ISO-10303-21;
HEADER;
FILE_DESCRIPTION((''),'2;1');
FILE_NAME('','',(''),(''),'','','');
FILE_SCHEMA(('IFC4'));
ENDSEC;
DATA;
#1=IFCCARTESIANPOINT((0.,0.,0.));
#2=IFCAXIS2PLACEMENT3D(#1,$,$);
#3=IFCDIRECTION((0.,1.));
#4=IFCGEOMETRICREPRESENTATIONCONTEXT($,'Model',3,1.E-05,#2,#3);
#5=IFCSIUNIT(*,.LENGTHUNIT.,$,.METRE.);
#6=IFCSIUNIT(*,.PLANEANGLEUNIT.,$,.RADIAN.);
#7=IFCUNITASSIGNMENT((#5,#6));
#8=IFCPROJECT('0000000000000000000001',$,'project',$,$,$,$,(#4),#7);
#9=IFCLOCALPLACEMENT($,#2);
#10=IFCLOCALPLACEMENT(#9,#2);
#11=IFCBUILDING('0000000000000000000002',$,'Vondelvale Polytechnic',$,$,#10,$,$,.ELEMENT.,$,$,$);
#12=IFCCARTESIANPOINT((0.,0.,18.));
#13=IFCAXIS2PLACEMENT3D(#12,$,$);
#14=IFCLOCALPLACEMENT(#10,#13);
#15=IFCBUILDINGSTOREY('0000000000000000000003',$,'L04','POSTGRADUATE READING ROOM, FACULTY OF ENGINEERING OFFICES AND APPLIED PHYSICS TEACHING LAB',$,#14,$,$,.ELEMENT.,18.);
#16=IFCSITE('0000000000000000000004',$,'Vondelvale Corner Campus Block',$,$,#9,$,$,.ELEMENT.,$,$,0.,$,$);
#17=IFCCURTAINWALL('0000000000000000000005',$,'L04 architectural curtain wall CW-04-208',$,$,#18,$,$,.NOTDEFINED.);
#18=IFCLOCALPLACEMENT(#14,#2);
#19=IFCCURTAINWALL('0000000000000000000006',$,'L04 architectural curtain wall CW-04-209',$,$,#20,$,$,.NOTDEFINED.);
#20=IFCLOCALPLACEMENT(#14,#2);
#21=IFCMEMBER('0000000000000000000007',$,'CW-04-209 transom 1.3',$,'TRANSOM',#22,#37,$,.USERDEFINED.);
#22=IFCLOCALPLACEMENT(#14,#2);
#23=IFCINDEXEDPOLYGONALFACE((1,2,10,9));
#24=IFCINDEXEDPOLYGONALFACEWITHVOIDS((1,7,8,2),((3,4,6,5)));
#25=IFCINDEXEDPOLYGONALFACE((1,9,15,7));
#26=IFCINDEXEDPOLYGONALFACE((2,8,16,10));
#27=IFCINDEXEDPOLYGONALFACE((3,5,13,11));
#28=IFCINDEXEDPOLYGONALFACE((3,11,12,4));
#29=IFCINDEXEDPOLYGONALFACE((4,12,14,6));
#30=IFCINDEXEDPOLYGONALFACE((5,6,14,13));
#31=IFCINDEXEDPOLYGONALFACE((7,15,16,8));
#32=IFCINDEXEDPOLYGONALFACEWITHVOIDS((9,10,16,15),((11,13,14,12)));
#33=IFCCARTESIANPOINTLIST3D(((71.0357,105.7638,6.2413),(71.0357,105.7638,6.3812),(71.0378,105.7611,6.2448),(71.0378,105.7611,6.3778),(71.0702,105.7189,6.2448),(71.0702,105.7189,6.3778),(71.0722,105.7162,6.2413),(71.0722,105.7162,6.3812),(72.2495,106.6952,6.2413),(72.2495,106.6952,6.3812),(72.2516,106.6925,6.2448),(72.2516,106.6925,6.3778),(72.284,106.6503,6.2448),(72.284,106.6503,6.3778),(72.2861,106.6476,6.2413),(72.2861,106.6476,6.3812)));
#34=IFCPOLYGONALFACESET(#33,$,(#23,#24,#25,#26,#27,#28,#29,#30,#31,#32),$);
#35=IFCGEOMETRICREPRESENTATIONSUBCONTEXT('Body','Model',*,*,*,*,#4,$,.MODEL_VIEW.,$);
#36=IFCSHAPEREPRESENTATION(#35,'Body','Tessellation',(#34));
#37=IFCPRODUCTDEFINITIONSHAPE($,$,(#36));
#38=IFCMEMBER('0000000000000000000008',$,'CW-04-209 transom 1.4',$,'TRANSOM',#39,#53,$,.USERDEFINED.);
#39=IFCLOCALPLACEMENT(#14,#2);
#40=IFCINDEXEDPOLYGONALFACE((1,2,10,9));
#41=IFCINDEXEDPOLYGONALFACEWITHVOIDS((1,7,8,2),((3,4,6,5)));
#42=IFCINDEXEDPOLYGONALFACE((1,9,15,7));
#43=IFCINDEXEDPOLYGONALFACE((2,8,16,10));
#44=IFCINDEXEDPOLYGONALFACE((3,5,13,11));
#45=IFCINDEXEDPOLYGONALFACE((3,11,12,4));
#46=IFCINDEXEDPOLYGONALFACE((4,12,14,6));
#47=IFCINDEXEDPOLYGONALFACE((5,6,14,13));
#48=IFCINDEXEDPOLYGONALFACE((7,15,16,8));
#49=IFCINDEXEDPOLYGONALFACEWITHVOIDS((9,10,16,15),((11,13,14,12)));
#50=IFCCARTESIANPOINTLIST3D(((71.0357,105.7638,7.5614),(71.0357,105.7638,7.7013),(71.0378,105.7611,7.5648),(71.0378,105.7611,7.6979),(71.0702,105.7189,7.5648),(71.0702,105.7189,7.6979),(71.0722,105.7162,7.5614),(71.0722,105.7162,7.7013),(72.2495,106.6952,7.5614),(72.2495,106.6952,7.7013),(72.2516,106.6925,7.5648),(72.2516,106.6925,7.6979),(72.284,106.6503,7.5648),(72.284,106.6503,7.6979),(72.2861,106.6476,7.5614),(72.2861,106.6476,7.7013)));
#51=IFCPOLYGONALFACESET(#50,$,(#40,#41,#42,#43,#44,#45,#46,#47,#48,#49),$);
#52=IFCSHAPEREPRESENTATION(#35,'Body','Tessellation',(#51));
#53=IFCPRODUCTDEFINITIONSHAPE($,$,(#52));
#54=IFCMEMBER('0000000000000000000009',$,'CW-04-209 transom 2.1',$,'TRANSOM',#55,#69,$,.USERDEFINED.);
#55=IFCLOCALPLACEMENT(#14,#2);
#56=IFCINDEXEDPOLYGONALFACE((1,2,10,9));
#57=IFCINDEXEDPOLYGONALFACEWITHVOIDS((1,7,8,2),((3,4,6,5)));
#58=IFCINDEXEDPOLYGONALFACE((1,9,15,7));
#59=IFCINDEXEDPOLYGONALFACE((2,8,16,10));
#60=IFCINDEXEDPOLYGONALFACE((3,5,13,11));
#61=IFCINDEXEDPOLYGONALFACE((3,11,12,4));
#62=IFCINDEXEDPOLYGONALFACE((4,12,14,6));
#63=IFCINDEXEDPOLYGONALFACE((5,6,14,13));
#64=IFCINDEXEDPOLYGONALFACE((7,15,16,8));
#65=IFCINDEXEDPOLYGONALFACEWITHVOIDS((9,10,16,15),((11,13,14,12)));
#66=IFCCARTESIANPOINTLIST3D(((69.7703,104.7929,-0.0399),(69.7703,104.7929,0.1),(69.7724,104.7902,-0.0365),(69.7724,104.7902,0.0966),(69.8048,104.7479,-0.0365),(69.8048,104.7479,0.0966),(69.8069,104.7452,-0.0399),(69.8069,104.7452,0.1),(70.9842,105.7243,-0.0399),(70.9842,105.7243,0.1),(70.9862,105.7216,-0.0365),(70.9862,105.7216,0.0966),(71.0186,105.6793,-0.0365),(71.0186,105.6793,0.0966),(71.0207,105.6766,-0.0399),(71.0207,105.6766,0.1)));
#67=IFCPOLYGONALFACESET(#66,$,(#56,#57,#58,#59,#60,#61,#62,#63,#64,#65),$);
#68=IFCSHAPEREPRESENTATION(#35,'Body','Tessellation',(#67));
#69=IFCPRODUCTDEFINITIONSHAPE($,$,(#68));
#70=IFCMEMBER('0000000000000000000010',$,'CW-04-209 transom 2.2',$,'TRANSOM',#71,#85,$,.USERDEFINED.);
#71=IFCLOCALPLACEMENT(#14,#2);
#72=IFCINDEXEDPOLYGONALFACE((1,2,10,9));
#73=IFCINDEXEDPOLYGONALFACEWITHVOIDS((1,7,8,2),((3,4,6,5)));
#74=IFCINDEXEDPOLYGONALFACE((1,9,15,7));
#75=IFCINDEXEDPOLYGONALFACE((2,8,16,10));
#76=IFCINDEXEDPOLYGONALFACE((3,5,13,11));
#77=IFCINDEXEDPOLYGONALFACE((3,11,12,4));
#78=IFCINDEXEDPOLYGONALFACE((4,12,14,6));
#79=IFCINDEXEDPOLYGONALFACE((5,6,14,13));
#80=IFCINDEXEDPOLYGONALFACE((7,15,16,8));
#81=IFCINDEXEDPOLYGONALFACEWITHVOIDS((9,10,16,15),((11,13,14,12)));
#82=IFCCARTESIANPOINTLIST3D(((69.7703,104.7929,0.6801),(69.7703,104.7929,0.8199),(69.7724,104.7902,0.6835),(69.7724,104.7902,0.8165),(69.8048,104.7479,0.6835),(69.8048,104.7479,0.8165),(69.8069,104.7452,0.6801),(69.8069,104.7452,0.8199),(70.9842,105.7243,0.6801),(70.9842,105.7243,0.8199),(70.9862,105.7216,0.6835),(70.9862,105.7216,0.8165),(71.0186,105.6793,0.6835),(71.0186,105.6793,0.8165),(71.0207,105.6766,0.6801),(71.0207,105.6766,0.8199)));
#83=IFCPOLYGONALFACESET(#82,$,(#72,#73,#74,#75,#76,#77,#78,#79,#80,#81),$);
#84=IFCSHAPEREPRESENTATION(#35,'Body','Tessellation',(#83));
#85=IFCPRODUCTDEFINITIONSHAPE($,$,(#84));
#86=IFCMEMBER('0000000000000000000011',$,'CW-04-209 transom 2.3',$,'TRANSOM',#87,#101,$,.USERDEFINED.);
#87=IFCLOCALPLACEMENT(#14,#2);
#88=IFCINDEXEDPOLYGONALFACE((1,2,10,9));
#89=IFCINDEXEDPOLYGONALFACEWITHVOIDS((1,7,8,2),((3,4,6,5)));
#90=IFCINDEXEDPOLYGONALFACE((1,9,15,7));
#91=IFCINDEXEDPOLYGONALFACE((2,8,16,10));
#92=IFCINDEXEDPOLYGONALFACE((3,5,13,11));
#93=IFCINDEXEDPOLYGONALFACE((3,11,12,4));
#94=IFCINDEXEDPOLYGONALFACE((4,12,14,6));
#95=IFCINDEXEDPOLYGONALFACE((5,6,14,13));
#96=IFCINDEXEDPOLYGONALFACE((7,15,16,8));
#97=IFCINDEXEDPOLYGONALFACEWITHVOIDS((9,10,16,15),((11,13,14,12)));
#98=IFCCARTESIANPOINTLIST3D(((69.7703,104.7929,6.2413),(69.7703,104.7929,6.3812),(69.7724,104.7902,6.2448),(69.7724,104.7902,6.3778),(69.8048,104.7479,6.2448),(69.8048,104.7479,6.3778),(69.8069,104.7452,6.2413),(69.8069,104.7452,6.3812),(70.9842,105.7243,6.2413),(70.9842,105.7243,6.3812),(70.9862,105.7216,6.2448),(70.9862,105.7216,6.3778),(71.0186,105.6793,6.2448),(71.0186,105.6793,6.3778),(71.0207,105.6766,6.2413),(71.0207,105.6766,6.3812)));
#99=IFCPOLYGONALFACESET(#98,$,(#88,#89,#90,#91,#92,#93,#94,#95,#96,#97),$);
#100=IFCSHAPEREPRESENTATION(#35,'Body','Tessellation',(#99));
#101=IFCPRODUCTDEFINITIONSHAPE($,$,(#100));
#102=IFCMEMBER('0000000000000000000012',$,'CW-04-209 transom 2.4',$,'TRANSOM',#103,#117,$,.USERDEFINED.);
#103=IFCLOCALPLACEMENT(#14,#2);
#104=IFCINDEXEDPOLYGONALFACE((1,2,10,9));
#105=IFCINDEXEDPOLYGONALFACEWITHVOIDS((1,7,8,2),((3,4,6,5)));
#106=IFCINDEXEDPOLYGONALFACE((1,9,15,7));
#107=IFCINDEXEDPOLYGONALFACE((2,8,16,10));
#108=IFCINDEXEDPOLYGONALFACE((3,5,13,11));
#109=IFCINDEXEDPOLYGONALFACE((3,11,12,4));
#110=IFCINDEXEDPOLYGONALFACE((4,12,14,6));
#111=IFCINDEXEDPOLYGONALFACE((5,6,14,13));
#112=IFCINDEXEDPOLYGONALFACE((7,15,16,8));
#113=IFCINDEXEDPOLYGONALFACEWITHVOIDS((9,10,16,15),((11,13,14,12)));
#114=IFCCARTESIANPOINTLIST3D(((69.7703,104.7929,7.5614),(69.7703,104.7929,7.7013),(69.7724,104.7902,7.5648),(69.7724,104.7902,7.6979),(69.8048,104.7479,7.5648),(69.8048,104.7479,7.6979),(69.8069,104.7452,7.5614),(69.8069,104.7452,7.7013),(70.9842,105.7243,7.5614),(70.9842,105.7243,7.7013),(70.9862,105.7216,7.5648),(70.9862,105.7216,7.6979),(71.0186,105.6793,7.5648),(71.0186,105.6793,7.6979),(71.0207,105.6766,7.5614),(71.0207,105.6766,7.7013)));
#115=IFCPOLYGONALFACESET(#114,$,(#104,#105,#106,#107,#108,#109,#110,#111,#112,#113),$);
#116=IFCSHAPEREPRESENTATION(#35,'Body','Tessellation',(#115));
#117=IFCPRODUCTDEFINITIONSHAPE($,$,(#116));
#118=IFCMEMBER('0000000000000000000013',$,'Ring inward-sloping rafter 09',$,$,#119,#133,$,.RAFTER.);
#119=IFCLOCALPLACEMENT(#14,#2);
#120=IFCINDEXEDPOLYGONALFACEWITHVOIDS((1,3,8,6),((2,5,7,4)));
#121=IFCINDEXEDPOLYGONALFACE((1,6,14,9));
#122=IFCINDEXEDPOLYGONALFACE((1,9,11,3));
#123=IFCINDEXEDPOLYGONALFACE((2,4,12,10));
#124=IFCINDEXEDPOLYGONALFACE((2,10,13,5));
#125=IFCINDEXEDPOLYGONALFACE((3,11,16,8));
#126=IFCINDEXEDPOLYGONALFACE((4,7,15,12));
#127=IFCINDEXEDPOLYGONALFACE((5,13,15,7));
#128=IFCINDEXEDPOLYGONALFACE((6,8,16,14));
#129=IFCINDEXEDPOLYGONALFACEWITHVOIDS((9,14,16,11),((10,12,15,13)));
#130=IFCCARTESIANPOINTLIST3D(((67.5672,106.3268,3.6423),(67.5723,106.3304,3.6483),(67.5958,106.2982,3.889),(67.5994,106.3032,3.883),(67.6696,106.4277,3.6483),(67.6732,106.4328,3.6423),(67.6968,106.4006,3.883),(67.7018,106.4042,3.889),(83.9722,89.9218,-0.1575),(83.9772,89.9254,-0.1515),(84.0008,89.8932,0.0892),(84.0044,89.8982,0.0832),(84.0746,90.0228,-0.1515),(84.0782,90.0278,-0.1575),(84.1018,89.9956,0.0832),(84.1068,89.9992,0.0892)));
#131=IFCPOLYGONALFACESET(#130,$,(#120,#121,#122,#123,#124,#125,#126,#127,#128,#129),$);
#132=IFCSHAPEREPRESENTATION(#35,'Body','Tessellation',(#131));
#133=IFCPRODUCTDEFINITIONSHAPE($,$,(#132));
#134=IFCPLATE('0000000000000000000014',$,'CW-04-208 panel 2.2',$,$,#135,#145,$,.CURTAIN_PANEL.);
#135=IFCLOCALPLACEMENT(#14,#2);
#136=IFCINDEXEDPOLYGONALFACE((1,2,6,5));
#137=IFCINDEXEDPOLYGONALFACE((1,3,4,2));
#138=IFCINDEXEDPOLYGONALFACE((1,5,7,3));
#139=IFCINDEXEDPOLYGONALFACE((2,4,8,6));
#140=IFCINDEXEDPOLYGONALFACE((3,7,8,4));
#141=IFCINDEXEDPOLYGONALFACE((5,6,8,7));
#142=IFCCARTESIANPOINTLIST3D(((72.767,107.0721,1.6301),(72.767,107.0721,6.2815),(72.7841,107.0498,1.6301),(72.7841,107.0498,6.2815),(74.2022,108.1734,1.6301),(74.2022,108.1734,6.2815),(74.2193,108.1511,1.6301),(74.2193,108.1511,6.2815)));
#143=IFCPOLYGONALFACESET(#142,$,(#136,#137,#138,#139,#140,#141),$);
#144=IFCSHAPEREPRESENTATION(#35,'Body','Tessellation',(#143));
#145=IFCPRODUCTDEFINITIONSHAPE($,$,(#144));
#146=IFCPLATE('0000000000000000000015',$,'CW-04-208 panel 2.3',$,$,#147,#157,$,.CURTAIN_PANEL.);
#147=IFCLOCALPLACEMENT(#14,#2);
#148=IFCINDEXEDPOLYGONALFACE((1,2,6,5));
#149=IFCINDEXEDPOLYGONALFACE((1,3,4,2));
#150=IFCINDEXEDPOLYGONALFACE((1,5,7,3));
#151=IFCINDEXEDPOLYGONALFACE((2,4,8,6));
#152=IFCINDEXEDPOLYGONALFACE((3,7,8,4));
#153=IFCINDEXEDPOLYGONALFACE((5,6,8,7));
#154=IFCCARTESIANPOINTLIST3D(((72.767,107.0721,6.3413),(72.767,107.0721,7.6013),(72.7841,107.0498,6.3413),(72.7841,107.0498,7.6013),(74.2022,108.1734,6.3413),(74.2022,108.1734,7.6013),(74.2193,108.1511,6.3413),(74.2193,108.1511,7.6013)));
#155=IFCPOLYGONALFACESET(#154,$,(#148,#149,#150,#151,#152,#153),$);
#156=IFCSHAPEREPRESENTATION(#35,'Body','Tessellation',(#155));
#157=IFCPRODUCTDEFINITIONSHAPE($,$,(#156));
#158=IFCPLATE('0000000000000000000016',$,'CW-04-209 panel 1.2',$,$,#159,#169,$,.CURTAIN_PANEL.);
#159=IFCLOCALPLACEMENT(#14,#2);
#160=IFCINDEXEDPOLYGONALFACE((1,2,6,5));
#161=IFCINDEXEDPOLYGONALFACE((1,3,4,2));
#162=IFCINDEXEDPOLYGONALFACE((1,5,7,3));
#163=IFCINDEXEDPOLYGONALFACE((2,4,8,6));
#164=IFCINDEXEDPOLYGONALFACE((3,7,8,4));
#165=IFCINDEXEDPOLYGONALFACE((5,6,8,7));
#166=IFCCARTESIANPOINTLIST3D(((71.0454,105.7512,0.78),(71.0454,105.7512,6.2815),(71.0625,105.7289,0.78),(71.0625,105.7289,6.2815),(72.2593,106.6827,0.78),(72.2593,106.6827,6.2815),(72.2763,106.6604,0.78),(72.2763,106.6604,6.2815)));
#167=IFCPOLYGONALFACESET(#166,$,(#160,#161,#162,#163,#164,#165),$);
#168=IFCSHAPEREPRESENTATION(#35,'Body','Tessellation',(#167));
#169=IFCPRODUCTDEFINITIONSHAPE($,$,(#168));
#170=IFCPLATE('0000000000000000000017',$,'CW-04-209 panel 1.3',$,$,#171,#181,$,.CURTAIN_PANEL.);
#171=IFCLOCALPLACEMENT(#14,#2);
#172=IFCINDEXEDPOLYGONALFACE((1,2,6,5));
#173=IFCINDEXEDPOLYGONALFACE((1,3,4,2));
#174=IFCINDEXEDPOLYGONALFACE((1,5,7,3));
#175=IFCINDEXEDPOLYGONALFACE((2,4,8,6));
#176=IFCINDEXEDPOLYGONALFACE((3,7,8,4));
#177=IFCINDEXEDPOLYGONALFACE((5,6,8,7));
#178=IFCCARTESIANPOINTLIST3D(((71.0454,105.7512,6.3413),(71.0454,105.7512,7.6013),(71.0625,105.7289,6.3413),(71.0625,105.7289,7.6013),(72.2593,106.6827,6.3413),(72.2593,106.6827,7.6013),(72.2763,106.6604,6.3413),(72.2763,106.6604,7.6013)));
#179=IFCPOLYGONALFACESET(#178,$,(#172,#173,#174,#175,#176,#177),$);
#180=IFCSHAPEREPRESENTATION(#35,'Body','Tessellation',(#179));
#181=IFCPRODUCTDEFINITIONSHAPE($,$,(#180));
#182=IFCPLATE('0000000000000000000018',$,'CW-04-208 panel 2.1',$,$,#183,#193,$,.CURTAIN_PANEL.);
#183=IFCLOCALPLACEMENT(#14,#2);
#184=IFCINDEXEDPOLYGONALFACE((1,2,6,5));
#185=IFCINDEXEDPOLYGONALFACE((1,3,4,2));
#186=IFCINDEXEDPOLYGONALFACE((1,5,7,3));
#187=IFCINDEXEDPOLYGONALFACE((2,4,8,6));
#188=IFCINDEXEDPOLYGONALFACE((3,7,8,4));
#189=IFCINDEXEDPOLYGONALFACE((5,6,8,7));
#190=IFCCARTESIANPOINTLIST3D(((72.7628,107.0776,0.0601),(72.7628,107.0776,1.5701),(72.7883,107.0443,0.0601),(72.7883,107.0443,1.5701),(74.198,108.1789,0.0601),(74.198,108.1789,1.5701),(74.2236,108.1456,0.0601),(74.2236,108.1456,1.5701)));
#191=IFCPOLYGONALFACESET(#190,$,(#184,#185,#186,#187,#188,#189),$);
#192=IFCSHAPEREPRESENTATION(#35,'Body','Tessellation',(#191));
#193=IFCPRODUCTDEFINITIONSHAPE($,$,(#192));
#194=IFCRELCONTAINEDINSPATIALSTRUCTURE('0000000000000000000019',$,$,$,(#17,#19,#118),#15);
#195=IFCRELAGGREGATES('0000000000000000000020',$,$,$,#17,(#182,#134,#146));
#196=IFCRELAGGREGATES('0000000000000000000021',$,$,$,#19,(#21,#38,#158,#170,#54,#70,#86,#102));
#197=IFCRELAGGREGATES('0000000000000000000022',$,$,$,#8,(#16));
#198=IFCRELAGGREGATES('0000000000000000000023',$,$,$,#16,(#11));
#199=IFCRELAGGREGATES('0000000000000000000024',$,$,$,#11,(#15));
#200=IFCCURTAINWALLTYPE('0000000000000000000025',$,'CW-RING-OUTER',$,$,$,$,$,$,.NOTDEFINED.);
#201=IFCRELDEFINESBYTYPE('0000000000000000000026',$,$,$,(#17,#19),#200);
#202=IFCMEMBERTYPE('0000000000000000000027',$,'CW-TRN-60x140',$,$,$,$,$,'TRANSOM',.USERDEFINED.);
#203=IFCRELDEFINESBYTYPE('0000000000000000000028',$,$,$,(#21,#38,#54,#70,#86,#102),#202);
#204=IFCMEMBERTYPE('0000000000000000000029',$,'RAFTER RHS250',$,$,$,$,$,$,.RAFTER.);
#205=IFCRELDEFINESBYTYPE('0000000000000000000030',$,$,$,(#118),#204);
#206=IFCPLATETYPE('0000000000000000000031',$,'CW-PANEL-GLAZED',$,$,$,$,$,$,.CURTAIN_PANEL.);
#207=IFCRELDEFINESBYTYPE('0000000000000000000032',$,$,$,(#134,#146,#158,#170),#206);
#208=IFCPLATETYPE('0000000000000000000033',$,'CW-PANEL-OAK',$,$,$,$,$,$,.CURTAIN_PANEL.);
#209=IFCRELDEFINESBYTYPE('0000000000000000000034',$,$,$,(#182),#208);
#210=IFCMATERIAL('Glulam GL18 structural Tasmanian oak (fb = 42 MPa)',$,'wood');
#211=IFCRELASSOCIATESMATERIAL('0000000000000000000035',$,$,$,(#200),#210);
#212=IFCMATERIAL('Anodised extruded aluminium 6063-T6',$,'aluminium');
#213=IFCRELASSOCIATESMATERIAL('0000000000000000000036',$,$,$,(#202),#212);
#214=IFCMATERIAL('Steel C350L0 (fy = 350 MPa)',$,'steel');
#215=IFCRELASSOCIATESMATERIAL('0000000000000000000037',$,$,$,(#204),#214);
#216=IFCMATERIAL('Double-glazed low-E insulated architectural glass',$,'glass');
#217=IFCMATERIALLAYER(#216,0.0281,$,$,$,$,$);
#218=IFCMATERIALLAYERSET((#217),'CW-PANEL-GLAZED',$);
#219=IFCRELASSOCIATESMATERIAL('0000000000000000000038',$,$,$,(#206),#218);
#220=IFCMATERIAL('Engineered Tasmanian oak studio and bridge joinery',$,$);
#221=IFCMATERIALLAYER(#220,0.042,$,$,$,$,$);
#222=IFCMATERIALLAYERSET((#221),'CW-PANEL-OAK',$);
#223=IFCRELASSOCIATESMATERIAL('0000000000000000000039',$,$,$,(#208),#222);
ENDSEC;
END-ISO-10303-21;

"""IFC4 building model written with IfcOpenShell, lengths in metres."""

from ifc_helpers import new_model, si_unit, direction, frame, origin, origin_2d, place, context, subcontext, project, spatial, rectangle, hollow_rectangle, extrude, material, layer, layer_set, material_profile, profile_set, type_object, element, aggregate, save


model = new_model("IFC4")

# Units and contexts
model_context = context("Model", 3, precision=1e-05, world=origin(), true_north=direction((0.0, 1.0)))
body_context = subcontext(model_context, "Body", "Model", "MODEL_VIEW")
ifc_project = project(units=[si_unit("LENGTHUNIT", "METRE"), si_unit("PLANEANGLEUNIT", "RADIAN")], contexts=[model_context])

# Site, building, storey
site_placement = place(None, origin())
site = spatial("IfcSite", under=ifc_project, at=site_placement, Name="Vondelvale Corner Campus Block", CompositionType="ELEMENT", RefElevation=0.0)
building_placement = place(site_placement, origin())
building = spatial("IfcBuilding", under=site, at=building_placement, Name="Vondelvale Polytechnic", CompositionType="ELEMENT")
storey_placement = place(building_placement, frame((0.0, 0.0, 18.0)))
storey = spatial("IfcBuildingStorey", under=building, at=storey_placement, Name="L04", Description="POSTGRADUATE READING ROOM, FACULTY OF ENGINEERING OFFICES AND APPLIED PHYSICS TEACHING LAB", CompositionType="ELEMENT", Elevation=18.0)

# Shared definitions
ifc_material_1 = material(Name="Glulam GL18 structural Tasmanian oak (fb = 42 MPa)", Category="wood")

# Curtain walls
curtain_wall_type = type_object("IfcCurtainWallType", Name="CW-RING-OUTER", PredefinedType="NOTDEFINED", material=ifc_material_1)
curtain_wall_1_placement = place(storey_placement, origin())
curtain_wall_1 = element("IfcCurtainWall", 1, at=curtain_wall_1_placement, inside=storey, type_object=curtain_wall_type, Name="L04 architectural curtain wall CW-04-208", PredefinedType="NOTDEFINED")
ifc_material_2 = material(Name="Anodised extruded aluminium 6063-T6", Category="aluminium")
curtain_wall_2_placement = place(storey_placement, origin())
curtain_wall_2 = element("IfcCurtainWall", 2, at=curtain_wall_2_placement, inside=storey, type_object=curtain_wall_type, Name="L04 architectural curtain wall CW-04-209", PredefinedType="NOTDEFINED")

# Members
ifc_material_profile_1 = material_profile(ifc_material_2, hollow_rectangle(XDim=0.0601, YDim=0.1399, WallThickness=0.0034, at=origin_2d()), Name="CW-TRN-140x60")
ifc_profile_set_1 = profile_set([ifc_material_profile_1], Name="Anodised extruded aluminium 6063-T6")
member_type_1 = type_object("IfcMemberType", Name="CW-TRN-60x140", ElementType="TRANSOM", PredefinedType="USERDEFINED", material=ifc_profile_set_1)
member_1_placement = place(storey_placement, frame((72.2678, 106.6714, 6.3113), z_axis=(-0.793365, -0.608746, 0.0), x_axis=(0.608746, -0.793365, 0.0)))
member_1 = element("IfcMember", 3, at=member_1_placement, type_object=member_type_1, Name="CW-04-209 transom 1.3", ObjectType="TRANSOM", PredefinedType="USERDEFINED", context=body_context, shape_type="SweptSolid", body=[
    extrude(hollow_rectangle(XDim=0.0601, YDim=0.1399, WallThickness=0.0034, at=origin_2d()), origin(), (0.0, 0.0, 1.0), 1.53),
])
member_2_placement = place(storey_placement, frame((72.2678, 106.6714, 7.6313), z_axis=(-0.793365, -0.608746, 0.0), x_axis=(0.608746, -0.793365, 0.0)))
member_2 = element("IfcMember", 4, at=member_2_placement, type_object=member_type_1, Name="CW-04-209 transom 1.4", ObjectType="TRANSOM", PredefinedType="USERDEFINED", context=body_context, shape_type="SweptSolid", body=[
    extrude(hollow_rectangle(XDim=0.0601, YDim=0.1399, WallThickness=0.0034, at=origin_2d()), origin(), (0.0, 0.0, 1.0), 1.53),
])
member_3_placement = place(storey_placement, frame((71.0024, 105.7004, 0.03), z_axis=(-0.793365, -0.608746, 0.0), x_axis=(0.608746, -0.793365, 0.0)))
member_3 = element("IfcMember", 5, at=member_3_placement, type_object=member_type_1, Name="CW-04-209 transom 2.1", ObjectType="TRANSOM", PredefinedType="USERDEFINED", context=body_context, shape_type="SweptSolid", body=[
    extrude(hollow_rectangle(XDim=0.0601, YDim=0.1399, WallThickness=0.0034, at=origin_2d()), origin(), (0.0, 0.0, 1.0), 1.53),
])
member_4_placement = place(storey_placement, frame((71.0024, 105.7004, 0.75), z_axis=(-0.793365, -0.608746, 0.0), x_axis=(0.608746, -0.793365, 0.0)))
member_4 = element("IfcMember", 6, at=member_4_placement, type_object=member_type_1, Name="CW-04-209 transom 2.2", ObjectType="TRANSOM", PredefinedType="USERDEFINED", context=body_context, shape_type="SweptSolid", body=[
    extrude(hollow_rectangle(XDim=0.0601, YDim=0.1399, WallThickness=0.0034, at=origin_2d()), origin(), (0.0, 0.0, 1.0), 1.53),
])
member_5_placement = place(storey_placement, frame((71.0024, 105.7004, 6.3113), z_axis=(-0.793365, -0.608746, 0.0), x_axis=(0.608746, -0.793365, 0.0)))
member_5 = element("IfcMember", 7, at=member_5_placement, type_object=member_type_1, Name="CW-04-209 transom 2.3", ObjectType="TRANSOM", PredefinedType="USERDEFINED", context=body_context, shape_type="SweptSolid", body=[
    extrude(hollow_rectangle(XDim=0.0601, YDim=0.1399, WallThickness=0.0034, at=origin_2d()), origin(), (0.0, 0.0, 1.0), 1.53),
])
member_6_placement = place(storey_placement, frame((71.0024, 105.7004, 7.6313), z_axis=(-0.793365, -0.608746, 0.0), x_axis=(0.608746, -0.793365, 0.0)))
member_6 = element("IfcMember", 8, at=member_6_placement, type_object=member_type_1, Name="CW-04-209 transom 2.4", ObjectType="TRANSOM", PredefinedType="USERDEFINED", context=body_context, shape_type="SweptSolid", body=[
    extrude(hollow_rectangle(XDim=0.0601, YDim=0.1399, WallThickness=0.0034, at=origin_2d()), origin(), (0.0, 0.0, 1.0), 1.53),
])
ifc_material_3 = material(Name="Steel C350L0 (fy = 350 MPa)", Category="steel")
ifc_material_profile_2 = material_profile(ifc_material_3, hollow_rectangle(XDim=0.1499, YDim=0.25, WallThickness=0.0061, at=origin_2d()), Name="250x150x6.0RHS")
ifc_profile_set_2 = profile_set([ifc_material_profile_2], Name="Steel C350L0 (fy = 350 MPa)")
member_type_2 = type_object("IfcMemberType", Name="RAFTER RHS250", PredefinedType="RAFTER", material=ifc_profile_set_2)
member_7_placement = place(storey_placement, frame((67.6345, 106.3655, 3.7656), z_axis=(0.697809, -0.697809, -0.16163), x_axis=(0.707107, 0.707107, 0.0)))
element("IfcMember", 9, at=member_7_placement, inside=storey, type_object=member_type_2, Name="Ring inward-sloping rafter 09", PredefinedType="RAFTER", context=body_context, shape_type="SweptSolid", body=[
    extrude(hollow_rectangle(XDim=0.1499, YDim=0.25, WallThickness=0.0061, at=origin_2d()), origin(), (0.0, 0.0, 1.0), 23.5093),
])

# Plates
ifc_material_4 = material(Name="Double-glazed low-E insulated architectural glass", Category="glass")
ifc_layer_1 = layer(ifc_material_4, 0.0281)
ifc_layer_set_1 = layer_set([ifc_layer_1], Name="CW-PANEL-GLAZED")
plate_type_1 = type_object("IfcPlateType", Name="CW-PANEL-GLAZED", PredefinedType="CURTAIN_PANEL", material=ifc_layer_set_1)
plate_1_placement = place(storey_placement, frame((73.4932, 107.6116, 1.6301), z_axis=(0.0, 0.0, 1.0), x_axis=(-0.793346, -0.608771, 0.0)))
plate_1 = element("IfcPlate", 10, at=plate_1_placement, type_object=plate_type_1, Name="CW-04-208 panel 2.2", PredefinedType="CURTAIN_PANEL", context=body_context, shape_type="SweptSolid", body=[
    extrude(rectangle(XDim=1.8091, YDim=0.0281, at=origin_2d()), origin(), (0.0, 0.0, 1.0), 4.6514),
])
plate_2_placement = place(storey_placement, frame((73.4932, 107.6116, 6.3413), z_axis=(0.0, 0.0, 1.0), x_axis=(-0.793346, -0.608771, 0.0)))
plate_2 = element("IfcPlate", 11, at=plate_2_placement, type_object=plate_type_1, Name="CW-04-208 panel 2.3", PredefinedType="CURTAIN_PANEL", context=body_context, shape_type="SweptSolid", body=[
    extrude(rectangle(XDim=1.8091, YDim=0.0281, at=origin_2d()), origin(), (0.0, 0.0, 1.0), 1.26),
])
plate_3_placement = place(storey_placement, frame((71.6609, 106.2058, 0.78), z_axis=(0.0, 0.0, 1.0), x_axis=(-0.793334, -0.608787, 0.0)))
plate_3 = element("IfcPlate", 12, at=plate_3_placement, type_object=plate_type_1, Name="CW-04-209 panel 1.2", PredefinedType="CURTAIN_PANEL", context=body_context, shape_type="SweptSolid", body=[
    extrude(rectangle(XDim=1.53, YDim=0.0281, at=origin_2d()), origin(), (0.0, 0.0, 1.0), 5.5015),
])
plate_4_placement = place(storey_placement, frame((71.6609, 106.2058, 6.3413), z_axis=(0.0, 0.0, 1.0), x_axis=(-0.793334, -0.608787, 0.0)))
plate_4 = element("IfcPlate", 13, at=plate_4_placement, type_object=plate_type_1, Name="CW-04-209 panel 1.3", PredefinedType="CURTAIN_PANEL", context=body_context, shape_type="SweptSolid", body=[
    extrude(rectangle(XDim=1.53, YDim=0.0281, at=origin_2d()), origin(), (0.0, 0.0, 1.0), 1.26),
])
ifc_material_5 = material(Name="Engineered Tasmanian oak studio and bridge joinery")
ifc_layer_2 = layer(ifc_material_5, 0.042)
ifc_layer_set_2 = layer_set([ifc_layer_2], Name="CW-PANEL-OAK")
plate_type_2 = type_object("IfcPlateType", Name="CW-PANEL-OAK", PredefinedType="CURTAIN_PANEL", material=ifc_layer_set_2)
plate_5_placement = place(storey_placement, frame((73.4932, 107.6116, 0.0601), z_axis=(0.0, 0.0, 1.0), x_axis=(-0.793346, -0.608771, 0.0)))
plate_5 = element("IfcPlate", 14, at=plate_5_placement, type_object=plate_type_2, Name="CW-04-208 panel 2.1", PredefinedType="CURTAIN_PANEL", context=body_context, shape_type="SweptSolid", body=[
    extrude(rectangle(XDim=1.8091, YDim=0.042, at=origin_2d()), origin(), (0.0, 0.0, 1.0), 1.51),
])
aggregate(curtain_wall_1, [plate_5, plate_1, plate_2])
aggregate(curtain_wall_2, [member_1, member_2, plate_3, plate_4, member_3, member_4, member_5, member_6])

save(model, "model.ifc")
